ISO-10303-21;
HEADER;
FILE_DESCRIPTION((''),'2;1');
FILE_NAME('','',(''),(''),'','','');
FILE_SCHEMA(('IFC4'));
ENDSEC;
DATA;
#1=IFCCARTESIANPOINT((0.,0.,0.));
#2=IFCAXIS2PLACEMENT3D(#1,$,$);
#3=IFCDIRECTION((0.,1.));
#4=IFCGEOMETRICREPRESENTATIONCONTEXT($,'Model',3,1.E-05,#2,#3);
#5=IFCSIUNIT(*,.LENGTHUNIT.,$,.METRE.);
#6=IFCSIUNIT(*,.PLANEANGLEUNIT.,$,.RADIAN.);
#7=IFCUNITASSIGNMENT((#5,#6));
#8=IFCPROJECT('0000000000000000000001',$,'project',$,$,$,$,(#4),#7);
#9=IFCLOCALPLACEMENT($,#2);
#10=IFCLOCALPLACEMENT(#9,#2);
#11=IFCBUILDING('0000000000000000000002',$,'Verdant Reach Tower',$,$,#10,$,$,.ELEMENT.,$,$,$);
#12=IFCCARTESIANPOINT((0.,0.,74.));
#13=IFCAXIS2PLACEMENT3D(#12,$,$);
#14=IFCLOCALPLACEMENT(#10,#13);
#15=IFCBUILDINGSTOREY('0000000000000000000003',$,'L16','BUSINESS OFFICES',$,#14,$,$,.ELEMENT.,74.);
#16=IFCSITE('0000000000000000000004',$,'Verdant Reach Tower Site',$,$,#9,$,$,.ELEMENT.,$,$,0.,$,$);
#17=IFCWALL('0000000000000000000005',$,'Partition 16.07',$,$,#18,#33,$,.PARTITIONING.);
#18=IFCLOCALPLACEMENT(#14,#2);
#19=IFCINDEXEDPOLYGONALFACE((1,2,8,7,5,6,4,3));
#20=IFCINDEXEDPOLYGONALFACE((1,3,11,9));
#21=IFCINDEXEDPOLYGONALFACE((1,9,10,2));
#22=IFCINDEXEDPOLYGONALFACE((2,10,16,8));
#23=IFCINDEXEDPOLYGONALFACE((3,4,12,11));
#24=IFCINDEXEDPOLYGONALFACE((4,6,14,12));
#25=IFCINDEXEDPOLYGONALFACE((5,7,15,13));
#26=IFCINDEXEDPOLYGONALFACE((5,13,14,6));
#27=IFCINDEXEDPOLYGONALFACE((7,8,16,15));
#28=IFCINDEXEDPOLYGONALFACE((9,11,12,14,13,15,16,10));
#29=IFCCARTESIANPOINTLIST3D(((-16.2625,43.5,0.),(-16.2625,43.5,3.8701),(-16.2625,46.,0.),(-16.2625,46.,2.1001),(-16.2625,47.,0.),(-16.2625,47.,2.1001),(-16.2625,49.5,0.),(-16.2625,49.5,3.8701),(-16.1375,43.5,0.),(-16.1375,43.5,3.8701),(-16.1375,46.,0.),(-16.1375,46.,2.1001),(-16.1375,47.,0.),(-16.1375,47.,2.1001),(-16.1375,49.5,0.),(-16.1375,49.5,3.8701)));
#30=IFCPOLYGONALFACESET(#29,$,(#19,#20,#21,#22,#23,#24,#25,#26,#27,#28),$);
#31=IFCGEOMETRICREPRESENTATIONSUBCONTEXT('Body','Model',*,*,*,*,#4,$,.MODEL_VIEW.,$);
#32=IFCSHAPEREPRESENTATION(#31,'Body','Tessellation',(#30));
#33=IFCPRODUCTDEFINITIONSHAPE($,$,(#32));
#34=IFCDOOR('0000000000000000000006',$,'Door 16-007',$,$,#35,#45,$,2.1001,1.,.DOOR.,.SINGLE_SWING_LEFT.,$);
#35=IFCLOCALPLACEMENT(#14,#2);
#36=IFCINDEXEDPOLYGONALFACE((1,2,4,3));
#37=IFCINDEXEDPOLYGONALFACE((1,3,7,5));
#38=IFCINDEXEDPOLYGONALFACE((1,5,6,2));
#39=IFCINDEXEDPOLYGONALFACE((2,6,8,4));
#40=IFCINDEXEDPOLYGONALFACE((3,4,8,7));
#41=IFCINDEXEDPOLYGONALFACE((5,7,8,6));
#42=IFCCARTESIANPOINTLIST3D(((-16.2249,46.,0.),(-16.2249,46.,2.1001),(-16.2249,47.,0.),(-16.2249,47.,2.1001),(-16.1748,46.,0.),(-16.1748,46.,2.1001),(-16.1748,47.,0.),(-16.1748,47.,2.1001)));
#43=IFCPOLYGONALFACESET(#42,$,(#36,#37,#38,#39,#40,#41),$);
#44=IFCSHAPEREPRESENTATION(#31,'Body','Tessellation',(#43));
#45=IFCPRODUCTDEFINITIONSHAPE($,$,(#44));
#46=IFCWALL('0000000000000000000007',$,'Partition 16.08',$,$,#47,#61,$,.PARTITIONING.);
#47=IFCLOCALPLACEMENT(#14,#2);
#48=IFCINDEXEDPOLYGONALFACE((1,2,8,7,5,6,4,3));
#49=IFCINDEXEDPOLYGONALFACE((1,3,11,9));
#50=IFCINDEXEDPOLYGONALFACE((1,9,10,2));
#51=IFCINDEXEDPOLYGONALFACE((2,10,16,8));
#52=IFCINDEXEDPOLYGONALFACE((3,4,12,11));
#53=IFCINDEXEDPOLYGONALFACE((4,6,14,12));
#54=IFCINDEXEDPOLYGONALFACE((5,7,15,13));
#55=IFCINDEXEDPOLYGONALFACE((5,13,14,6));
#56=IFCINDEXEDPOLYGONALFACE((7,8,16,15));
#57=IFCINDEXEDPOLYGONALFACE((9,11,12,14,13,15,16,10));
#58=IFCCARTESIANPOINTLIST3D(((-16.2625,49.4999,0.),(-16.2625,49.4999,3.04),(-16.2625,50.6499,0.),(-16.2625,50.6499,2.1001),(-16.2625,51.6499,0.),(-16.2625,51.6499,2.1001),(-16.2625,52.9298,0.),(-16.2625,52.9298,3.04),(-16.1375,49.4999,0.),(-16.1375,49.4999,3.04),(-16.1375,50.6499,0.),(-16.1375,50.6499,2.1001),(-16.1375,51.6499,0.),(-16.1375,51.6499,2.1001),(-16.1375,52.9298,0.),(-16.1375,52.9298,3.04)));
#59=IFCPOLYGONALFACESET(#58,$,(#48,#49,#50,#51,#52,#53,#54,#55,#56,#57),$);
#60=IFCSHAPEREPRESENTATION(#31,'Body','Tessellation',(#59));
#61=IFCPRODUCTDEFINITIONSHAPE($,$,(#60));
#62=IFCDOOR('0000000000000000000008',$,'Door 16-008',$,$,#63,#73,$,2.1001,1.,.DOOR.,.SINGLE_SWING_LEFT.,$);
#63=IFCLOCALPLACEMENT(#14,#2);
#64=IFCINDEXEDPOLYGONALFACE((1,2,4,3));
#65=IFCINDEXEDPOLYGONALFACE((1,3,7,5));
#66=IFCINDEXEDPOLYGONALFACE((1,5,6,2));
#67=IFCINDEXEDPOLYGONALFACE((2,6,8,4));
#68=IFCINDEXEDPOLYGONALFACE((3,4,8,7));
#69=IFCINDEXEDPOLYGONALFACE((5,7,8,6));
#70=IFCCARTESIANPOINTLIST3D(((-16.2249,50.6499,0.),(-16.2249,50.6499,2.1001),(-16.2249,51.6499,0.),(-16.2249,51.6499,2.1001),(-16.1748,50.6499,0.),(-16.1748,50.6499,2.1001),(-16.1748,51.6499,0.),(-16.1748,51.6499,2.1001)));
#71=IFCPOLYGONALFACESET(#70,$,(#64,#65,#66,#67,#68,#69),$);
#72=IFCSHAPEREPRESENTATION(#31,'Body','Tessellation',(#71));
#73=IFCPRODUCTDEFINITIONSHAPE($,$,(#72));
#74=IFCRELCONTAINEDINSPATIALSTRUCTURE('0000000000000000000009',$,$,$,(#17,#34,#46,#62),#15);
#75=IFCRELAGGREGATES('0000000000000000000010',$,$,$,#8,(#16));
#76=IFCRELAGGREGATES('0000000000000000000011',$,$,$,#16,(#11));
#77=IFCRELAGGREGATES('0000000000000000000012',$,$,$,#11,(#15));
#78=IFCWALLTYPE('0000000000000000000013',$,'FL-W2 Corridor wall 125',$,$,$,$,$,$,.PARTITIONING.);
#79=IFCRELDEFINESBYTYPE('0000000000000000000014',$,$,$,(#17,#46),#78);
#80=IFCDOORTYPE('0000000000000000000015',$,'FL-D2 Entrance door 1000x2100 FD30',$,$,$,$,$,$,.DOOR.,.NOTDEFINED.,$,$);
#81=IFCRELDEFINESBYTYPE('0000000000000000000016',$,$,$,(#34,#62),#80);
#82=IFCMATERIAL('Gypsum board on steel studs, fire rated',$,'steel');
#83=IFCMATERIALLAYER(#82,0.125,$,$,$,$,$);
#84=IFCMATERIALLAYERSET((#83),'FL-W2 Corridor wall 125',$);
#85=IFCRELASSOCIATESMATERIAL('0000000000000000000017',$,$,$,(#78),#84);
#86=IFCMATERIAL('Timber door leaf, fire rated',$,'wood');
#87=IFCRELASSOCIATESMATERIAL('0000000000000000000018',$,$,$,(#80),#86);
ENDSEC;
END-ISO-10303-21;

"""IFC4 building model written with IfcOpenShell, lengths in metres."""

from ifc_helpers import new_model, si_unit, direction, frame, frame_2d, origin, place, context, subcontext, project, spatial, rectangle, extrude, material, layer, layer_set, type_object, element, fill, save


model = new_model("IFC4")

# Units and contexts
model_context = context("Model", 3, precision=1e-05, world=origin(), true_north=direction((0.0, 1.0)))
body_context = subcontext(model_context, "Body", "Model", "MODEL_VIEW")
ifc_project = project(units=[si_unit("LENGTHUNIT", "METRE"), si_unit("PLANEANGLEUNIT", "RADIAN")], contexts=[model_context])

# Site, building, storey
site_placement = place(None, origin())
site = spatial("IfcSite", under=ifc_project, at=site_placement, Name="Verdant Reach Tower Site", CompositionType="ELEMENT", RefElevation=0.0)
building_placement = place(site_placement, origin())
building = spatial("IfcBuilding", under=site, at=building_placement, Name="Verdant Reach Tower", CompositionType="ELEMENT")
storey_placement = place(building_placement, frame((0.0, 0.0, 74.0)))
storey = spatial("IfcBuildingStorey", under=building, at=storey_placement, Name="L16", Description="BUSINESS OFFICES", CompositionType="ELEMENT", Elevation=74.0)

# Walls, openings, doors
ifc_material_1 = material(Name="Gypsum board on steel studs, fire rated", Category="steel")
ifc_layer_1 = layer(ifc_material_1, 0.125)
ifc_layer_set_1 = layer_set([ifc_layer_1], Name="FL-W2 Corridor wall 125")
wall_type_1 = type_object("IfcWallType", Name="FL-W2 Corridor wall 125", PredefinedType="PARTITIONING", material=ifc_layer_set_1)
wall_1_placement = place(storey_placement, frame((-16.2, 43.5, 0.0), z_axis=(0.0, 0.0, 1.0), x_axis=(0.0, 1.0, 0.0)))
wall_1 = element("IfcWall", 1, at=wall_1_placement, inside=storey, type_object=wall_type_1, Name="Partition 16.07", PredefinedType="PARTITIONING", context=body_context, shape_type="SweptSolid", body=[
    extrude(rectangle(XDim=6.0, YDim=0.125, at=frame_2d((3.0, 0.0))), origin(), (0.0, 0.0, 1.0), 3.8701),
])
opening_1_placement = place(wall_1_placement, frame((2.5, 0.0, 0.0)))
opening_1 = element("IfcOpeningElement", 2, at=opening_1_placement, cuts=wall_1, PredefinedType="OPENING", context=body_context, shape_type="SweptSolid", body=[
    extrude(rectangle(XDim=1.0, YDim=2.1001, at=frame_2d((0.5, 1.05))), frame((0.0, 0.0725, 0.0), z_axis=(0.0, -1.0, 0.0), x_axis=(1.0, 0.0, 0.0)), (0.0, 0.0, 1.0), 0.145),
])
ifc_material_2 = material(Name="Timber door leaf, fire rated", Category="wood")
door_type = type_object("IfcDoorType", Name="FL-D2 Entrance door 1000x2100 FD30", OperationType="NOTDEFINED", PredefinedType="DOOR", material=ifc_material_2)
door_1_placement = place(opening_1_placement, origin())
door_1 = element("IfcDoor", 3, at=door_1_placement, inside=storey, type_object=door_type, Name="Door 16-007", OperationType="SINGLE_SWING_LEFT", OverallHeight=2.1001, OverallWidth=1.0, PredefinedType="DOOR", context=body_context, shape_type="SweptSolid", body=[
    extrude(rectangle(XDim=1.0, YDim=2.1001, at=frame_2d((0.5, 1.05))), frame((0.0, 0.0249, 0.0), z_axis=(0.0, -1.0, 0.0), x_axis=(1.0, 0.0, 0.0)), (0.0, 0.0, 1.0), 0.05),
])
fill(opening_1, door_1)
wall_2_placement = place(storey_placement, frame((-16.2, 49.5, 0.0), z_axis=(0.0, 0.0, 1.0), x_axis=(0.0, 1.0, 0.0)))
wall_2 = element("IfcWall", 4, at=wall_2_placement, inside=storey, type_object=wall_type_1, Name="Partition 16.08", PredefinedType="PARTITIONING", context=body_context, shape_type="SweptSolid", body=[
    extrude(rectangle(XDim=3.4299, YDim=0.125, at=frame_2d((1.7148, 0.0))), origin(), (0.0, 0.0, 1.0), 3.04),
])
opening_2_placement = place(wall_2_placement, frame((1.1499, 0.0, 0.0)))
opening_2 = element("IfcOpeningElement", 5, at=opening_2_placement, cuts=wall_2, PredefinedType="OPENING", context=body_context, shape_type="SweptSolid", body=[
    extrude(rectangle(XDim=1.0, YDim=2.1001, at=frame_2d((0.5, 1.05))), frame((0.0, 0.0725, 0.0), z_axis=(0.0, -1.0, 0.0), x_axis=(1.0, 0.0, 0.0)), (0.0, 0.0, 1.0), 0.145),
])
door_2_placement = place(opening_2_placement, origin())
door_2 = element("IfcDoor", 6, at=door_2_placement, inside=storey, type_object=door_type, Name="Door 16-008", OperationType="SINGLE_SWING_LEFT", OverallHeight=2.1001, OverallWidth=1.0, PredefinedType="DOOR", context=body_context, shape_type="SweptSolid", body=[
    extrude(rectangle(XDim=1.0, YDim=2.1001, at=frame_2d((0.5, 1.05))), frame((0.0, 0.0249, 0.0), z_axis=(0.0, -1.0, 0.0), x_axis=(1.0, 0.0, 0.0)), (0.0, 0.0, 1.0), 0.05),
])
fill(opening_2, door_2)

save(model, "model.ifc")
